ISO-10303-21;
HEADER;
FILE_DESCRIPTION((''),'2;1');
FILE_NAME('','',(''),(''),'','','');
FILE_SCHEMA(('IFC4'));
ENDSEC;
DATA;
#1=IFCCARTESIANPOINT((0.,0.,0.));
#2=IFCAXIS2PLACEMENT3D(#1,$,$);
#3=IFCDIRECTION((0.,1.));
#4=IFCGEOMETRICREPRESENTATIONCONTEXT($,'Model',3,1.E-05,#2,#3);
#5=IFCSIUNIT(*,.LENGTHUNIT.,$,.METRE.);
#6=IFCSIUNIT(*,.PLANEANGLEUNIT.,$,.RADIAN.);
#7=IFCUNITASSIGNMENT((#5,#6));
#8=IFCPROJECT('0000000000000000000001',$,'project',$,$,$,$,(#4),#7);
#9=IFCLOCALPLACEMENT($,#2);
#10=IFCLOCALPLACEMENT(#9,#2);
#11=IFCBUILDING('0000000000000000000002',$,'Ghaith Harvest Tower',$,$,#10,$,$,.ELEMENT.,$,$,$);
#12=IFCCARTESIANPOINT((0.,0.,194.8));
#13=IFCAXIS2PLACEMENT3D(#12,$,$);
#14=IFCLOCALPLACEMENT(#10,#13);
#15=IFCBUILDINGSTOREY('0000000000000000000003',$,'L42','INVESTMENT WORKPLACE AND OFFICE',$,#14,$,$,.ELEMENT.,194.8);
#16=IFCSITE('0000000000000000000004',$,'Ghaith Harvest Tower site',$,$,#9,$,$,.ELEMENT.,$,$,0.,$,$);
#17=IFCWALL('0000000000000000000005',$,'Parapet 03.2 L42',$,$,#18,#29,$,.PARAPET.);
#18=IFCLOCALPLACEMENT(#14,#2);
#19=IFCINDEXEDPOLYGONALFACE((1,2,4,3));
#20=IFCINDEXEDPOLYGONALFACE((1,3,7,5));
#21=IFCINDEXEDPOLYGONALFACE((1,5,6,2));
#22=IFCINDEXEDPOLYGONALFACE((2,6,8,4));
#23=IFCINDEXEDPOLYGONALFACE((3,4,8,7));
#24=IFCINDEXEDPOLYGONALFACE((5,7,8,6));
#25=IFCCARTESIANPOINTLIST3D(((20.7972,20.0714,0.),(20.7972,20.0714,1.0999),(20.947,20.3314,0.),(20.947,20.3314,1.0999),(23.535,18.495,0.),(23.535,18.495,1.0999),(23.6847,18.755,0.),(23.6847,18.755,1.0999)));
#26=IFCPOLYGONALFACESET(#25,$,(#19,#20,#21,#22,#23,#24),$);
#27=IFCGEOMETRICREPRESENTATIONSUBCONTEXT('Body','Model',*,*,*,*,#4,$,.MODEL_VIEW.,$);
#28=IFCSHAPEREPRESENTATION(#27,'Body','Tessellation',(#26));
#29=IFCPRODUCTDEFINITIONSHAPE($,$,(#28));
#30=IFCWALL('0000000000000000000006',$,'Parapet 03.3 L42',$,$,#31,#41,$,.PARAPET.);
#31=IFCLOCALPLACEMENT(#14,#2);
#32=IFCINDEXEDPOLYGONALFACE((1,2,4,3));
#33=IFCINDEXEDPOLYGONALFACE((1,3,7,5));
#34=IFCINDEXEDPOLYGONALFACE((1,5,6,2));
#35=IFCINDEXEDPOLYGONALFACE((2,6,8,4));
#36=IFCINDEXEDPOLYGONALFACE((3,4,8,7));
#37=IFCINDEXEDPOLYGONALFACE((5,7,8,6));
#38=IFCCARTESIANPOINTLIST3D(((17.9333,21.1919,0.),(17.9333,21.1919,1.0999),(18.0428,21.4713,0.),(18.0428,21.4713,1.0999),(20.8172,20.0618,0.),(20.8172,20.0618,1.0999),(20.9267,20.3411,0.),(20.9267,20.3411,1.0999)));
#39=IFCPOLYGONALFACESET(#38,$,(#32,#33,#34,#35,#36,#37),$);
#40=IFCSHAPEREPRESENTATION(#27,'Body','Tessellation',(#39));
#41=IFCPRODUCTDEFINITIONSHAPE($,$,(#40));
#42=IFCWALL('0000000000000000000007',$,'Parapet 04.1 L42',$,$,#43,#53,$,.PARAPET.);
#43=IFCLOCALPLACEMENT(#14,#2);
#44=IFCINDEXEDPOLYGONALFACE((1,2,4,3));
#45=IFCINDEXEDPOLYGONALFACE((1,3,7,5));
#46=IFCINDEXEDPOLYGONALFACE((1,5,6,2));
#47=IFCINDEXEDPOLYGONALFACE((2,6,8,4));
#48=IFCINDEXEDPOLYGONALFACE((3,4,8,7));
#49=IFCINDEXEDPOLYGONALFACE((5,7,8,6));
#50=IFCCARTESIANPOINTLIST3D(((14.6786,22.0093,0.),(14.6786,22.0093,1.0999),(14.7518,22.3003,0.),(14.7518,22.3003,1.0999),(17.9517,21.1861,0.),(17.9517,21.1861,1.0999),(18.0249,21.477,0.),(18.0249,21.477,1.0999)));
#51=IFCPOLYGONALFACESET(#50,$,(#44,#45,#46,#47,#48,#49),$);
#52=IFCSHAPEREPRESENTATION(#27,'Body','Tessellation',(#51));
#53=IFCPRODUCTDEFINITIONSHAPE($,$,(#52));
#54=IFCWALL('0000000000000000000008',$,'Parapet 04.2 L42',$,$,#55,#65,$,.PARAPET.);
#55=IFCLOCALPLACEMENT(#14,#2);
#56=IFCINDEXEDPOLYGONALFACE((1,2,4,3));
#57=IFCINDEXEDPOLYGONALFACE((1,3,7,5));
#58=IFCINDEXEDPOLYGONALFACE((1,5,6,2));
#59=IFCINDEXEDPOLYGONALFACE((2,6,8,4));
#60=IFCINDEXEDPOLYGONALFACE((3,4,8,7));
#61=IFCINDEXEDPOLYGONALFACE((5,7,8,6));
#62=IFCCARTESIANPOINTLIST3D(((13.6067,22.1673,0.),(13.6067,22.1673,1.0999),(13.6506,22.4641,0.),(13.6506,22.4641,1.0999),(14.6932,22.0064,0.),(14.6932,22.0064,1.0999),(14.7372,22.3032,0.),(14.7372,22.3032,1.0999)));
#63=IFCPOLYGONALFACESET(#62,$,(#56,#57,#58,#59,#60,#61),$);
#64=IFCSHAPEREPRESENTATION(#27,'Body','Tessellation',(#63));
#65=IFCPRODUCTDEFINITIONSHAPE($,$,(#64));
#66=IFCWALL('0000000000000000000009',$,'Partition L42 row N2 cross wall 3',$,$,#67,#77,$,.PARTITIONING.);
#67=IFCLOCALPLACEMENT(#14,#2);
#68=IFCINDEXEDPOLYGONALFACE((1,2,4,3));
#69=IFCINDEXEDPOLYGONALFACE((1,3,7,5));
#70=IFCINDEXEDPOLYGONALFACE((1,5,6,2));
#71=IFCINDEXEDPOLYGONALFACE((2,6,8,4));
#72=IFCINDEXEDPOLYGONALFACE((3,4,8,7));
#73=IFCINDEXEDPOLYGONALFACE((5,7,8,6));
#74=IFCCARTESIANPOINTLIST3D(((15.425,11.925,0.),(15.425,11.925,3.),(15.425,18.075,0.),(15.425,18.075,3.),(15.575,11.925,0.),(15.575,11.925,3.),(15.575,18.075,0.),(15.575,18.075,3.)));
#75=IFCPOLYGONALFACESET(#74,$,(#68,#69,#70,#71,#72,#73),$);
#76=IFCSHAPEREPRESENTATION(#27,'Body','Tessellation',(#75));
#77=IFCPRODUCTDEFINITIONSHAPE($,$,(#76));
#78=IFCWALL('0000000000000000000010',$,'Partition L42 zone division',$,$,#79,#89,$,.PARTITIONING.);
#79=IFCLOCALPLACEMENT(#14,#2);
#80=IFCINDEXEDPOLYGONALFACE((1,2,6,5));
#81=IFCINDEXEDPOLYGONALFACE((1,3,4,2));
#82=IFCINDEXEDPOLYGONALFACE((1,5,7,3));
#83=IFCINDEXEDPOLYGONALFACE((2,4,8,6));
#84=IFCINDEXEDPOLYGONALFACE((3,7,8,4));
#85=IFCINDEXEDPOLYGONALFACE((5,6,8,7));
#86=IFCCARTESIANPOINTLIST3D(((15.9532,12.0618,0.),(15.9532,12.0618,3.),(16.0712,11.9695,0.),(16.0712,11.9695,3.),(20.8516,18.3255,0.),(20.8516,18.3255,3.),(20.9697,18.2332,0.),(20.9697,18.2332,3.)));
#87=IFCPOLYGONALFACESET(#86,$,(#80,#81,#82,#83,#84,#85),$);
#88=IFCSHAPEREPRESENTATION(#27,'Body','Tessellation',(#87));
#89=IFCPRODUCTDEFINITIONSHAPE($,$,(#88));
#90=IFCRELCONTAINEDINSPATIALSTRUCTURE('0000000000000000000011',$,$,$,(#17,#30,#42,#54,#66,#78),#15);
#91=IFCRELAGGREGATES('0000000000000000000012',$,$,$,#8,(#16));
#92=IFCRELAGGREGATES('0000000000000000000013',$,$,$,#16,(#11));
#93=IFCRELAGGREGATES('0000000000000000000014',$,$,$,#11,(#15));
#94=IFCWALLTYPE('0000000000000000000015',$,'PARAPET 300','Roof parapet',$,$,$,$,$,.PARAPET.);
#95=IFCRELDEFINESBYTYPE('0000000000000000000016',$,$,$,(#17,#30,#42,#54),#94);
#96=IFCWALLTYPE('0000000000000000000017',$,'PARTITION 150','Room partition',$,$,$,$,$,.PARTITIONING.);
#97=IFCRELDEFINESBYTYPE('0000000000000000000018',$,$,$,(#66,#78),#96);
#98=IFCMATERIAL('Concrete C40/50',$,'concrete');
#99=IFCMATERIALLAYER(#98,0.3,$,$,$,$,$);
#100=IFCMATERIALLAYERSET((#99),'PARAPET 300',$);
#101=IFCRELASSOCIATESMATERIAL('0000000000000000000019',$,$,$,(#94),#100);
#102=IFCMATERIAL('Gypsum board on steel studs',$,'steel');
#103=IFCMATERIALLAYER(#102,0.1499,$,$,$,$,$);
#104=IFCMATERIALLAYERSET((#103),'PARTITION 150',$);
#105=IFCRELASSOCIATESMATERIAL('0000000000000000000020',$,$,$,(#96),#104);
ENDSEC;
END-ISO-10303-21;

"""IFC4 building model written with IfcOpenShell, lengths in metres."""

from ifc_helpers import new_model, si_unit, direction, frame, frame_2d, origin, place, context, subcontext, project, spatial, rectangle, extrude, material, layer, layer_set, type_object, element, save


model = new_model("IFC4")

# Units and contexts
model_context = context("Model", 3, precision=1e-05, world=origin(), true_north=direction((0.0, 1.0)))
body_context = subcontext(model_context, "Body", "Model", "MODEL_VIEW")
ifc_project = project(units=[si_unit("LENGTHUNIT", "METRE"), si_unit("PLANEANGLEUNIT", "RADIAN")], contexts=[model_context])

# Site, building, storey
site_placement = place(None, origin())
site = spatial("IfcSite", under=ifc_project, at=site_placement, Name="Ghaith Harvest Tower site", CompositionType="ELEMENT", RefElevation=0.0)
building_placement = place(site_placement, origin())
building = spatial("IfcBuilding", under=site, at=building_placement, Name="Ghaith Harvest Tower", CompositionType="ELEMENT")
storey_placement = place(building_placement, frame((0.0, 0.0, 194.8)))
storey = spatial("IfcBuildingStorey", under=building, at=storey_placement, Name="L42", Description="INVESTMENT WORKPLACE AND OFFICE", CompositionType="ELEMENT", Elevation=194.8)

# Walls
ifc_material_1 = material(Name="Concrete C40/50", Category="concrete")
ifc_layer_1 = layer(ifc_material_1, 0.3)
ifc_layer_set_1 = layer_set([ifc_layer_1], Name="PARAPET 300")
wall_type_1 = type_object("IfcWallType", Name="PARAPET 300", Description="Roof parapet", PredefinedType="PARAPET", material=ifc_layer_set_1)
wall_1_placement = place(storey_placement, frame((23.6099, 18.625, 0.0), z_axis=(0.0, 0.0, 1.0), x_axis=(-0.866607, 0.498991, 0.0)))
element("IfcWall", 1, at=wall_1_placement, inside=storey, type_object=wall_type_1, Name="Parapet 03.2 L42", PredefinedType="PARAPET", context=body_context, shape_type="SweptSolid", body=[
    extrude(rectangle(XDim=3.1592, YDim=0.3, at=frame_2d((1.5796, 0.0))), origin(), (0.0, 0.0, 1.0), 1.0999),
])
wall_2_placement = place(storey_placement, frame((20.8721, 20.2014, 0.0), z_axis=(0.0, 0.0, 1.0), x_axis=(-0.931058, 0.364872, 0.0)))
element("IfcWall", 2, at=wall_2_placement, inside=storey, type_object=wall_type_1, Name="Parapet 03.3 L42", PredefinedType="PARAPET", context=body_context, shape_type="SweptSolid", body=[
    extrude(rectangle(XDim=3.0974, YDim=0.3, at=frame_2d((1.5488, 0.0))), origin(), (0.0, 0.0, 1.0), 1.0999),
])
wall_3_placement = place(storey_placement, frame((17.9883, 21.3315, 0.0), z_axis=(0.0, 0.0, 1.0), x_axis=(-0.969793, 0.243931, 0.0)))
element("IfcWall", 3, at=wall_3_placement, inside=storey, type_object=wall_type_1, Name="Parapet 04.1 L42", PredefinedType="PARAPET", context=body_context, shape_type="SweptSolid", body=[
    extrude(rectangle(XDim=3.375, YDim=0.3, at=frame_2d((1.6875, 0.0))), origin(), (0.0, 0.0, 1.0), 1.0999),
])
wall_4_placement = place(storey_placement, frame((14.7153, 22.1548, 0.0), z_axis=(0.0, 0.0, 1.0), x_axis=(-0.989212, 0.146492, 0.0)))
element("IfcWall", 4, at=wall_4_placement, inside=storey, type_object=wall_type_1, Name="Parapet 04.2 L42", PredefinedType="PARAPET", context=body_context, shape_type="SweptSolid", body=[
    extrude(rectangle(XDim=1.0984, YDim=0.3, at=frame_2d((0.5493, 0.0))), origin(), (0.0, 0.0, 1.0), 1.0999),
])
ifc_material_2 = material(Name="Gypsum board on steel studs", Category="steel")
ifc_layer_2 = layer(ifc_material_2, 0.1499)
ifc_layer_set_2 = layer_set([ifc_layer_2], Name="PARTITION 150")
wall_type_2 = type_object("IfcWallType", Name="PARTITION 150", Description="Room partition", PredefinedType="PARTITIONING", material=ifc_layer_set_2)
wall_5_placement = place(storey_placement, frame((15.5, 11.925, 0.0), z_axis=(0.0, 0.0, 1.0), x_axis=(0.0, 1.0, 0.0)))
element("IfcWall", 5, at=wall_5_placement, inside=storey, type_object=wall_type_2, Name="Partition L42 row N2 cross wall 3", PredefinedType="PARTITIONING", context=body_context, shape_type="SweptSolid", body=[
    extrude(rectangle(XDim=6.1499, YDim=0.1499, at=frame_2d((3.075, 0.0))), origin(), (0.0, 0.0, 1.0), 3.0),
])
wall_6_placement = place(storey_placement, frame((16.0122, 12.0156, 0.0), z_axis=(0.0, 0.0, 1.0), x_axis=(0.61603, 0.787723, 0.0)))
element("IfcWall", 6, at=wall_6_placement, inside=storey, type_object=wall_type_2, Name="Partition L42 zone division", PredefinedType="PARTITIONING", context=body_context, shape_type="SweptSolid", body=[
    extrude(rectangle(XDim=7.9517, YDim=0.1499, at=frame_2d((3.9758, 0.0))), origin(), (0.0, 0.0, 1.0), 3.0),
])

save(model, "model.ifc")
